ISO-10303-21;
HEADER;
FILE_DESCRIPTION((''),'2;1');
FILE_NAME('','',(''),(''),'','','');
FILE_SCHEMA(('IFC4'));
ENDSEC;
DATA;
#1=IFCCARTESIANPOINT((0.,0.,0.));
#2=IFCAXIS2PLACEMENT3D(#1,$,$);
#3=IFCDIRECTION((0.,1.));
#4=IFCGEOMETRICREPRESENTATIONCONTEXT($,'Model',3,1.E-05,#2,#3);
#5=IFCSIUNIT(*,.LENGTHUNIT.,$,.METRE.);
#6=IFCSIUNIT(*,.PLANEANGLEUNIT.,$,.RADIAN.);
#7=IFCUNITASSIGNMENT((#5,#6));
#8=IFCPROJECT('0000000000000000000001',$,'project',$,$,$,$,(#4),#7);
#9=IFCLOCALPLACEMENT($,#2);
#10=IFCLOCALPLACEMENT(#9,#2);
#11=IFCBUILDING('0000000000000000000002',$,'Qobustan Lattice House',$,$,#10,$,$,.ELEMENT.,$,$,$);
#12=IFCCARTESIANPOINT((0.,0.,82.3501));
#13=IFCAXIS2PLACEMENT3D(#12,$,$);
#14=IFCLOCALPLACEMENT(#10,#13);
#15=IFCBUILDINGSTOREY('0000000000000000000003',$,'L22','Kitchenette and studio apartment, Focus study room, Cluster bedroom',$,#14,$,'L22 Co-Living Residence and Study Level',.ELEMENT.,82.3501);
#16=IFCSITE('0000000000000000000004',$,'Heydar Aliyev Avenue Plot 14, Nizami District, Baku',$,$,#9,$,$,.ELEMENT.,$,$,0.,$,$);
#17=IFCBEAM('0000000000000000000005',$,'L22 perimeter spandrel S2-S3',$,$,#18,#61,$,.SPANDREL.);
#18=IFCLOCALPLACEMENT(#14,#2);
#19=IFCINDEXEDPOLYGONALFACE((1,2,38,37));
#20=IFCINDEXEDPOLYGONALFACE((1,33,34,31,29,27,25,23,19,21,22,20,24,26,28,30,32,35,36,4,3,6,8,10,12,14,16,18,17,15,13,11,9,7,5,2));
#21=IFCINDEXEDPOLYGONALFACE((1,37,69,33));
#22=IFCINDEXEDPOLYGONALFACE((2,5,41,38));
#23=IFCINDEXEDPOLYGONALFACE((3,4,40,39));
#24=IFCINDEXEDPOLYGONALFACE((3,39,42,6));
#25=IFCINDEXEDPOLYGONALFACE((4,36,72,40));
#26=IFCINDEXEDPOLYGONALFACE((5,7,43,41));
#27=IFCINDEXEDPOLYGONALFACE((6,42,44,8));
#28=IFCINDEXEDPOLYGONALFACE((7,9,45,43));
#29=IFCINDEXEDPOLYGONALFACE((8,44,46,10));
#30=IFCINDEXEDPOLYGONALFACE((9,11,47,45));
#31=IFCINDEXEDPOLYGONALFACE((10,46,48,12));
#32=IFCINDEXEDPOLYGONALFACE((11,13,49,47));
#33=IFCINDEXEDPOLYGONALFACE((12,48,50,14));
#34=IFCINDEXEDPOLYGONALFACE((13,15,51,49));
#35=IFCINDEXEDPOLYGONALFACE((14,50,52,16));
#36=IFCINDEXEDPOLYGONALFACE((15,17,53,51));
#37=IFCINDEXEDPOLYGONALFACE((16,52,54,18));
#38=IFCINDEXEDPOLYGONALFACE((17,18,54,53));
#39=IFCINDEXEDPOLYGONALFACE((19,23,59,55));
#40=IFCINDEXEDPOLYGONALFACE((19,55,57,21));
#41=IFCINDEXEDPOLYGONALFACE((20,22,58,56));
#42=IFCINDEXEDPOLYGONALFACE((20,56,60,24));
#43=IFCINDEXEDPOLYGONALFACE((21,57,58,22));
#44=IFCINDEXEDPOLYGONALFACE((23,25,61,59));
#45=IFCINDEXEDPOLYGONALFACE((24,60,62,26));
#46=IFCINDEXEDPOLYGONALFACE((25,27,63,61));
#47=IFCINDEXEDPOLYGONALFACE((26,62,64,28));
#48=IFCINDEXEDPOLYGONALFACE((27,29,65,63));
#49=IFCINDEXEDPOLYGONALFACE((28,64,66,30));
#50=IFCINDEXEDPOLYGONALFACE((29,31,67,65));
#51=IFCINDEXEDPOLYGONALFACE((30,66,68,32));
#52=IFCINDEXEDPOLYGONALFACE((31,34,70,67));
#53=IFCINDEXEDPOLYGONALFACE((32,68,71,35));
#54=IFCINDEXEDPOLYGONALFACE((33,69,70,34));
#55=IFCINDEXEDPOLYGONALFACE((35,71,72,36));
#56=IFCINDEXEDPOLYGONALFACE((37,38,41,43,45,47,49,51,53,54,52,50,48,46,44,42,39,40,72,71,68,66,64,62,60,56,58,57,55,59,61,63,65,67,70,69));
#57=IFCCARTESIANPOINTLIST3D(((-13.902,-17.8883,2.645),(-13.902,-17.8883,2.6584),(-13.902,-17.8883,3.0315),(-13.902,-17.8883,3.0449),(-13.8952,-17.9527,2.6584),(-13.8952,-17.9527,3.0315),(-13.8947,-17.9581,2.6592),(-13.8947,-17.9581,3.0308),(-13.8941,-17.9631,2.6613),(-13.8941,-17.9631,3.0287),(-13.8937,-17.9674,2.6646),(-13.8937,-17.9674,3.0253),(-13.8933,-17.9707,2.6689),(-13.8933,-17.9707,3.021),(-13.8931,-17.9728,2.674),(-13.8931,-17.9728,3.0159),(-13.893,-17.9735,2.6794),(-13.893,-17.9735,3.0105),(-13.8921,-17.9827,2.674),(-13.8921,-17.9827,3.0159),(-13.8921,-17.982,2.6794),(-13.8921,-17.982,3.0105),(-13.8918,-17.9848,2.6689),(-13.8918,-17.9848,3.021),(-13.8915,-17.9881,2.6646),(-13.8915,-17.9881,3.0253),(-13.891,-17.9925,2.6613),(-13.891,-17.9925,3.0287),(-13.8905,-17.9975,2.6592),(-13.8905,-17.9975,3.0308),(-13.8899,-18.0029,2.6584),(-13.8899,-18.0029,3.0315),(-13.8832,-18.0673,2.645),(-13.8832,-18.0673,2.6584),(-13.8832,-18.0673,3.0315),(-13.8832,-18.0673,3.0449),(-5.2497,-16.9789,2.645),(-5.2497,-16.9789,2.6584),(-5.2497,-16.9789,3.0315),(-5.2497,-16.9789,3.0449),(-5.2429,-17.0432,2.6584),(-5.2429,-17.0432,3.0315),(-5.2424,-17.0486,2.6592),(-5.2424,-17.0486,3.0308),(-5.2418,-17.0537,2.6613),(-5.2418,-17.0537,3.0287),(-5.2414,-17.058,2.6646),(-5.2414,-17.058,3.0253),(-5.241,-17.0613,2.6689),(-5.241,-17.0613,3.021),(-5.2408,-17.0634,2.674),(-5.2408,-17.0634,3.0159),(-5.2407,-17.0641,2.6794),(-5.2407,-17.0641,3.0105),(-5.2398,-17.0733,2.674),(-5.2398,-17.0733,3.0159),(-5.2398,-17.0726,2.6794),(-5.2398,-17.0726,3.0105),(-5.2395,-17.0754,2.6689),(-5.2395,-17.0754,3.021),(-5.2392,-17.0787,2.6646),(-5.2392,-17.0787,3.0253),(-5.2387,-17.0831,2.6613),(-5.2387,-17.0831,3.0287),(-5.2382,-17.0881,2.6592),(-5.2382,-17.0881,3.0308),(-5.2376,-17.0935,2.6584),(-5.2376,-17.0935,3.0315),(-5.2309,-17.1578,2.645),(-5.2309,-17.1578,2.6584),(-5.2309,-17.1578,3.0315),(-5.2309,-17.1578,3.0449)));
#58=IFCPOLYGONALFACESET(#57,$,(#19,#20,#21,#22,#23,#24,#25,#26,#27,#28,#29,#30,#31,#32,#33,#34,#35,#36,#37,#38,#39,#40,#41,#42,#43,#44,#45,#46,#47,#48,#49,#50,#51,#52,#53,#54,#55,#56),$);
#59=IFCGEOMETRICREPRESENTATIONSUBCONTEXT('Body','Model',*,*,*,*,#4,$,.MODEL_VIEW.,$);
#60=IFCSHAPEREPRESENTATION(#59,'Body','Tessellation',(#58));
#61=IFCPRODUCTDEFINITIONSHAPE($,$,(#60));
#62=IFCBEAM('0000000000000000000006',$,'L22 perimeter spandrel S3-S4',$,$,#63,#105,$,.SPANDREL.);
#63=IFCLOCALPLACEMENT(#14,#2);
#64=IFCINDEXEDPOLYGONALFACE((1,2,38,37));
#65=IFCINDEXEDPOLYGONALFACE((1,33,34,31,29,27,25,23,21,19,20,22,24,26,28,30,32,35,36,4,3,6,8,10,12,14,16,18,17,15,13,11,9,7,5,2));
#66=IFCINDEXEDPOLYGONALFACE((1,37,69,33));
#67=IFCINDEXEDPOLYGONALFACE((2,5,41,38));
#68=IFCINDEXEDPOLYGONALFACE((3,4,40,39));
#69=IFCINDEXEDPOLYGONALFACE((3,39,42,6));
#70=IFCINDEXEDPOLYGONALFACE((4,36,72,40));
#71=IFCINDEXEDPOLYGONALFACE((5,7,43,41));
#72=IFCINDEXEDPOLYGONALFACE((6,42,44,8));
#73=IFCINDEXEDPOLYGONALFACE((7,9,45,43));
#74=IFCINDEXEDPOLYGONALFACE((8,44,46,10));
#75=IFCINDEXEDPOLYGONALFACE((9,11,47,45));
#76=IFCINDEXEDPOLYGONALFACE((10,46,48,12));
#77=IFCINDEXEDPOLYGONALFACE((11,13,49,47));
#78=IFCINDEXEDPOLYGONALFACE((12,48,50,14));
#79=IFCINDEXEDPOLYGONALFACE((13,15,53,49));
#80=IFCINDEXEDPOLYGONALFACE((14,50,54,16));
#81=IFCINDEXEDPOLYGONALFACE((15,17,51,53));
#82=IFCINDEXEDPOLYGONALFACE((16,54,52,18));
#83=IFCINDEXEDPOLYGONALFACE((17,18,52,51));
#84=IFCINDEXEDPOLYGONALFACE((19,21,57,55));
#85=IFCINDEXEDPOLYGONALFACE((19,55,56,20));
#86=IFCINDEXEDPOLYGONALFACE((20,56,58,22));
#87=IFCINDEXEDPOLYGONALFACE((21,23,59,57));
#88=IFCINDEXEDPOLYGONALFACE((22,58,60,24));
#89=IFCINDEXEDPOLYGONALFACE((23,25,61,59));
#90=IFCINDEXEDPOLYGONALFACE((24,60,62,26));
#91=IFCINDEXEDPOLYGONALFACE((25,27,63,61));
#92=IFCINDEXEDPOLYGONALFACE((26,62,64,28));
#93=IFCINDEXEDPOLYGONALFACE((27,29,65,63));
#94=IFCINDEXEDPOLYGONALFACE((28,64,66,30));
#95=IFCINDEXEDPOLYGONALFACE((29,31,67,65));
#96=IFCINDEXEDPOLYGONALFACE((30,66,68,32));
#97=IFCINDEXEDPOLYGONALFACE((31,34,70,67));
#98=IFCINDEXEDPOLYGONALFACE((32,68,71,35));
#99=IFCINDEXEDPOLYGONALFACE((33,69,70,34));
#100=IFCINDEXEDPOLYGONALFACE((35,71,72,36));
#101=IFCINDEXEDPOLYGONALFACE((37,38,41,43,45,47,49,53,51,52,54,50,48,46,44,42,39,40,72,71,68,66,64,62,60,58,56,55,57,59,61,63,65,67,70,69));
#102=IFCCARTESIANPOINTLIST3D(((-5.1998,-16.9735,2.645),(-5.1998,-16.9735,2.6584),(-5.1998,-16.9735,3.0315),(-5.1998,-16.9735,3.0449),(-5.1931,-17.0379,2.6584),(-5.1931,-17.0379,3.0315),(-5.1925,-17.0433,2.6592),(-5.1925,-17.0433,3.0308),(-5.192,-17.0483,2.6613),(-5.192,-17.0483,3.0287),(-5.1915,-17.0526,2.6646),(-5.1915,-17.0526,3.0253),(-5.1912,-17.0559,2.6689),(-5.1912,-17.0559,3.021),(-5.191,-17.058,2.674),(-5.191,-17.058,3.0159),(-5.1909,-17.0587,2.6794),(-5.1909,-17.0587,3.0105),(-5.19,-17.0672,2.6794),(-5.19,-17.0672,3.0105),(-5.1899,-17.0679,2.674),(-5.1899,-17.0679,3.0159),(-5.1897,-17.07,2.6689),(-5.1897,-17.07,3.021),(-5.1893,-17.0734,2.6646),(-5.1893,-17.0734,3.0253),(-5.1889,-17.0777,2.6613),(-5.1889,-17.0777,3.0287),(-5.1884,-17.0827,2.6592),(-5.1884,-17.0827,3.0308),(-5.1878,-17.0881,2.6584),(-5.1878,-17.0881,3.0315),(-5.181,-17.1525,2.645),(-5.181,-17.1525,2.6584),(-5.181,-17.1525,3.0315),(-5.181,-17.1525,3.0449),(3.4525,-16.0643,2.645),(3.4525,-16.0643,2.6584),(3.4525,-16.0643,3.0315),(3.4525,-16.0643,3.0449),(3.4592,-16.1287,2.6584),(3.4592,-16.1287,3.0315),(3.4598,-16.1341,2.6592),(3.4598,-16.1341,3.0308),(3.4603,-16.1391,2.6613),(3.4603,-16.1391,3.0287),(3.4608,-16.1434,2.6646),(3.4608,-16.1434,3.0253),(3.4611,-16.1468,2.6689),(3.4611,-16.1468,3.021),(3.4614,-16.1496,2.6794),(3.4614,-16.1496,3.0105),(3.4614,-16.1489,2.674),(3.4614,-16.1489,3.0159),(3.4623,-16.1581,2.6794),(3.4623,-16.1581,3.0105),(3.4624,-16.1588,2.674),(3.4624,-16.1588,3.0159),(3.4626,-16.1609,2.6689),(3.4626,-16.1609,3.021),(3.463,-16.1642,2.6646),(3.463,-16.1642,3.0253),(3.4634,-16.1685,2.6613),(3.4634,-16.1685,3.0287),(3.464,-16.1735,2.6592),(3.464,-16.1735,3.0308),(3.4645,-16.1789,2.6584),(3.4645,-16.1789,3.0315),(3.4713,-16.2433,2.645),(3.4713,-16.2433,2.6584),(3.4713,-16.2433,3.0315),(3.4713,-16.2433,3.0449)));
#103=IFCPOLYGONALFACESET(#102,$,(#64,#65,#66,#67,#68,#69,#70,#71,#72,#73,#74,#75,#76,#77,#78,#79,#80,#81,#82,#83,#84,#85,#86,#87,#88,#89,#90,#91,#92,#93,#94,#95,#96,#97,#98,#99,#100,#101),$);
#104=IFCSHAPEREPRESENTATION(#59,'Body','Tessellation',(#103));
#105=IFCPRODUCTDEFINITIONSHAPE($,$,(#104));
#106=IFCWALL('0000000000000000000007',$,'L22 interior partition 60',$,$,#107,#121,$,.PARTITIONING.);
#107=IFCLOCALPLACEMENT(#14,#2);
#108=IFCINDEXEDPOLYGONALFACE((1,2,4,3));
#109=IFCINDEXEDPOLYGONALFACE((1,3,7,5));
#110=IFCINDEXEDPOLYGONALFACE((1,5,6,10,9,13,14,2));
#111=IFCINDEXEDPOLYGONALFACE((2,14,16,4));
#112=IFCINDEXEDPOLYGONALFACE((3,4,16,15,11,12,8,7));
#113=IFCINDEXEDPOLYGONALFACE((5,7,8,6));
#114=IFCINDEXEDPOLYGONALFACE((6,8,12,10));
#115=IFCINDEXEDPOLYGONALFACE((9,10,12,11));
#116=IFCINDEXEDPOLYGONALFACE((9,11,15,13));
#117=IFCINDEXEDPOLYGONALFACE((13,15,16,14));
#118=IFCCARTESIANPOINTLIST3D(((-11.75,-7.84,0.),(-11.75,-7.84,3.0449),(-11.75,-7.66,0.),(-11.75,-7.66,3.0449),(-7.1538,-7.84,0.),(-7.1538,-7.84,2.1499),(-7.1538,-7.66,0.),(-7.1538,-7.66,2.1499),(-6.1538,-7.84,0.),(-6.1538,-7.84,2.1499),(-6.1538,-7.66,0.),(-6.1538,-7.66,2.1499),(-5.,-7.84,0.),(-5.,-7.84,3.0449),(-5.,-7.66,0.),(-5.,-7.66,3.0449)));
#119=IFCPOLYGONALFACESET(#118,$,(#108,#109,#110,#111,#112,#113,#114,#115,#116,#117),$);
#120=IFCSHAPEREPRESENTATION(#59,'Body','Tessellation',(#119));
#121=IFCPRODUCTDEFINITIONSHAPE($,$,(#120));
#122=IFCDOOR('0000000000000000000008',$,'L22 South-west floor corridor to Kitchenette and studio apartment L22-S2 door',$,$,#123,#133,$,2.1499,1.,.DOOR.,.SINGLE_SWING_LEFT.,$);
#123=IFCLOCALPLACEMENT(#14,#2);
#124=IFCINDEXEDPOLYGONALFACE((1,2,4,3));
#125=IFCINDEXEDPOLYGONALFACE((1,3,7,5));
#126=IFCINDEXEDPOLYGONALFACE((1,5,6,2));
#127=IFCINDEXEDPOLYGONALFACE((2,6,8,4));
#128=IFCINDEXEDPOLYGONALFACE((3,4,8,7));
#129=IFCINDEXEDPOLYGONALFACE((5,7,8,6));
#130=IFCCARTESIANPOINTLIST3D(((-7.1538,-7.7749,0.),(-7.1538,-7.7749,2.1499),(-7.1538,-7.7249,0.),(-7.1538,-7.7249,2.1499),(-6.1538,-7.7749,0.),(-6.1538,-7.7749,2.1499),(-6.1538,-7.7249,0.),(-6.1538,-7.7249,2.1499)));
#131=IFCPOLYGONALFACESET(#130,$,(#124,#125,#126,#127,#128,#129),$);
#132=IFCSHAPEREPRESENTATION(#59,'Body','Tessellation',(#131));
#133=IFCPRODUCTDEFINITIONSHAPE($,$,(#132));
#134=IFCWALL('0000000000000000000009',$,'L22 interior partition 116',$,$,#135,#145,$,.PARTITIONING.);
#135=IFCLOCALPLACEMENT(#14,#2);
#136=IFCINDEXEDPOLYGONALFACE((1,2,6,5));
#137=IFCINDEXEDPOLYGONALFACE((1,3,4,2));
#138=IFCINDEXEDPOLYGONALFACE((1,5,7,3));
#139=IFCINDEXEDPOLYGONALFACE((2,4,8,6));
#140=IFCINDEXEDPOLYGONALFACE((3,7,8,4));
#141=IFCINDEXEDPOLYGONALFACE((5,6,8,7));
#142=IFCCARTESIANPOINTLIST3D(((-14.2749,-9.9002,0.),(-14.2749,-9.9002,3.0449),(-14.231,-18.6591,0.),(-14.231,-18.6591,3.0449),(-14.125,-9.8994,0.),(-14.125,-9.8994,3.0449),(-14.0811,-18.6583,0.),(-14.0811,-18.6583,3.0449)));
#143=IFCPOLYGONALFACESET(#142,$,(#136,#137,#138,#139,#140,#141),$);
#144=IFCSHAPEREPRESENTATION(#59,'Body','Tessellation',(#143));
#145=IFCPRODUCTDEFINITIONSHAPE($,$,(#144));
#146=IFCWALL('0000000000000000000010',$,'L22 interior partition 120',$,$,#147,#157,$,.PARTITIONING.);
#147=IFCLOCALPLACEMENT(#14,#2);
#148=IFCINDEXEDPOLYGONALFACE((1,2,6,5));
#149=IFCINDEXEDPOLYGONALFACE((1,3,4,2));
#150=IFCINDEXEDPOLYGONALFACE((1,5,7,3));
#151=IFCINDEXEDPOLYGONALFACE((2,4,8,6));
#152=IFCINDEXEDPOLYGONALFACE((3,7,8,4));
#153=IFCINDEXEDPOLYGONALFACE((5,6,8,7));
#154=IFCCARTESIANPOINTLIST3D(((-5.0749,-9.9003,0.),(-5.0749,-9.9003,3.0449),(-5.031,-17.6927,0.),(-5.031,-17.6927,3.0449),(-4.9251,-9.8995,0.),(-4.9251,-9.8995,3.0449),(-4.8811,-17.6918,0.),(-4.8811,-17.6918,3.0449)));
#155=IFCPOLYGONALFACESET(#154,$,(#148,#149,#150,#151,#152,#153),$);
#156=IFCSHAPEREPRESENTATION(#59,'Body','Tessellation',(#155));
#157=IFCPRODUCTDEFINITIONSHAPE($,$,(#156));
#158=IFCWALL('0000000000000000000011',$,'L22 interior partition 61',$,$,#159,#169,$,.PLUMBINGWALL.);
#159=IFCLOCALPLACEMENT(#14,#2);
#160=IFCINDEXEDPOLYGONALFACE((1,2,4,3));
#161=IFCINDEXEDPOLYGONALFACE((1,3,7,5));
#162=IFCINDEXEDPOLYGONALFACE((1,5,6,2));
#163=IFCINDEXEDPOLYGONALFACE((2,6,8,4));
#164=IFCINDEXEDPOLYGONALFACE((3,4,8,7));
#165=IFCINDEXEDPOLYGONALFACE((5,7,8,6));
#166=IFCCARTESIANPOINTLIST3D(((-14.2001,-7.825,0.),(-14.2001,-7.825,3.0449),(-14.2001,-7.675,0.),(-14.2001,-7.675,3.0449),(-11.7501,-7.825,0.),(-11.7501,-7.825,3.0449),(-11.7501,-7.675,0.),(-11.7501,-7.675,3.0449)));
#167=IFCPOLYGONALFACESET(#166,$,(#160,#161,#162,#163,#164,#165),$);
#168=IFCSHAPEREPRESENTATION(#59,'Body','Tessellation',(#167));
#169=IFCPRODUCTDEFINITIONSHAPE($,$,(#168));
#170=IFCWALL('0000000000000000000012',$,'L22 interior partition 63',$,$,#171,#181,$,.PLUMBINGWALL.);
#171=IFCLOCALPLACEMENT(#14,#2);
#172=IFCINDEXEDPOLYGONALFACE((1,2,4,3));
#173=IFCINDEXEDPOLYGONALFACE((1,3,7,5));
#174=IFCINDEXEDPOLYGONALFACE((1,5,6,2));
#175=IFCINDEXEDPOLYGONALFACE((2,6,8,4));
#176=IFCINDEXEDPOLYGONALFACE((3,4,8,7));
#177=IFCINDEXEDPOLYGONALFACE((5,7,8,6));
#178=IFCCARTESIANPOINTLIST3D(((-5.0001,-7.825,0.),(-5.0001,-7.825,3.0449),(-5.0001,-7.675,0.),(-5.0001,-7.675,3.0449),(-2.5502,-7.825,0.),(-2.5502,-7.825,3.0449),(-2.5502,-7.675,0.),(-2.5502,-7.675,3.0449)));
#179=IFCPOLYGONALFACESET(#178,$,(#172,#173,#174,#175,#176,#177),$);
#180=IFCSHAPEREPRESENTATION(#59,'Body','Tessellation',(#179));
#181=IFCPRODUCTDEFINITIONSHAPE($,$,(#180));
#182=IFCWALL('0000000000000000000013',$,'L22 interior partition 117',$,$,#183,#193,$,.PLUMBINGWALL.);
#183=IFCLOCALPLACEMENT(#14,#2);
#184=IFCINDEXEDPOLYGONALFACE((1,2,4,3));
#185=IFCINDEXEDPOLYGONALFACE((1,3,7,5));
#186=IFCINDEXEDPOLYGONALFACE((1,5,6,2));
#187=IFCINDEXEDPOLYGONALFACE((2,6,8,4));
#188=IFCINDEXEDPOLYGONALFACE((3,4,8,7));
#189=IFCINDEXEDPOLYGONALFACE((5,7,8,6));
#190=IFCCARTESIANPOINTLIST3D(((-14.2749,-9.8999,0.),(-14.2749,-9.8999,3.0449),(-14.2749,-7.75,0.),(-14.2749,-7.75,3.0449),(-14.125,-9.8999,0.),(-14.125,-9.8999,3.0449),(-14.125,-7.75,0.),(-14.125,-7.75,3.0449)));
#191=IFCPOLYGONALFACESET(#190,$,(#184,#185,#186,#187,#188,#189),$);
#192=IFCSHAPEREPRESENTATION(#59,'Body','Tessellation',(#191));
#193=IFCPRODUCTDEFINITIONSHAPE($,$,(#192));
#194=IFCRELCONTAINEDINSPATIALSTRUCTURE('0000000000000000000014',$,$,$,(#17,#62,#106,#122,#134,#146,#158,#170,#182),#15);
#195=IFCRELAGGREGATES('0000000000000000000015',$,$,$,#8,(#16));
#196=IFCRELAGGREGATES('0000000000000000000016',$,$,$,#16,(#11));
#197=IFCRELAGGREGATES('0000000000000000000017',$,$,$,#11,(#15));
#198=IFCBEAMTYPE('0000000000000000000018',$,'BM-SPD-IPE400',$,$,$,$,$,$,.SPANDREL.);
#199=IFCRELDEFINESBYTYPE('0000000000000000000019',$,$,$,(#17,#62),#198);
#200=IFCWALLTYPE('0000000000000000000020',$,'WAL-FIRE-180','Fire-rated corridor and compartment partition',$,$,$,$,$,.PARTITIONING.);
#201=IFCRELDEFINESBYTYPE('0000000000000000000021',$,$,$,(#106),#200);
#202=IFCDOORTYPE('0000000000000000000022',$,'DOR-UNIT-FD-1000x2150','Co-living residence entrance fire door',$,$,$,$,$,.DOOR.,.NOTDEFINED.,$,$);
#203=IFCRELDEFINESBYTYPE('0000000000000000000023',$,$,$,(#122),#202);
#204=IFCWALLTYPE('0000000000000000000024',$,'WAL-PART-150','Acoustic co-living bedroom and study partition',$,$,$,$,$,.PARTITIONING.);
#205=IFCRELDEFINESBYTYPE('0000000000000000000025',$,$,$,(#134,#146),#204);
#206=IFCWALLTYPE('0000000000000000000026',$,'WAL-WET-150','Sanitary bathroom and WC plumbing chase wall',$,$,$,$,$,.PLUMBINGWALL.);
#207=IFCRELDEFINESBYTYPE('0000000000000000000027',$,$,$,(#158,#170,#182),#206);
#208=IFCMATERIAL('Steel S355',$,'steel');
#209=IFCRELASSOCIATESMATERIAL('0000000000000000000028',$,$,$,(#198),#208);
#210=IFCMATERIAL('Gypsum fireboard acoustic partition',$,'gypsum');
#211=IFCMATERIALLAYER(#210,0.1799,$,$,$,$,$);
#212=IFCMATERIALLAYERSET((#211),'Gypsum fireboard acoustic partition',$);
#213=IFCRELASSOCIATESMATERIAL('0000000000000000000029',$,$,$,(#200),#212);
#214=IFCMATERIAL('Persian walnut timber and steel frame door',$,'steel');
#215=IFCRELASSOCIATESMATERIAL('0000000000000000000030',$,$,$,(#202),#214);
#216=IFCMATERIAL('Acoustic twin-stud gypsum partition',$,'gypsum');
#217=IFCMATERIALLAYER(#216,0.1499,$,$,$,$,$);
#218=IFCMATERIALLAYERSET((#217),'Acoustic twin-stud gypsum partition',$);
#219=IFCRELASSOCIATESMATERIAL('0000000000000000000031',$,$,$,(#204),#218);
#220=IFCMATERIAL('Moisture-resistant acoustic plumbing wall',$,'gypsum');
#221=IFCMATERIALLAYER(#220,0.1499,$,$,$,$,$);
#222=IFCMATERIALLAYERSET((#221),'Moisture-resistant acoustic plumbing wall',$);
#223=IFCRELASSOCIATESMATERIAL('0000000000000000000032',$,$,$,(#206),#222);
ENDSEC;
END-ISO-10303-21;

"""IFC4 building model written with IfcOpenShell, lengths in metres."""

from ifc_helpers import new_model, si_unit, direction, frame, frame_2d, origin, origin_2d, place, context, subcontext, project, spatial, rectangle, i_section, extrude, material, layer, layer_set, material_profile, profile_set, type_object, element, fill, save


model = new_model("IFC4")

# Units and contexts
model_context = context("Model", 3, precision=1e-05, world=origin(), true_north=direction((0.0, 1.0)))
body_context = subcontext(model_context, "Body", "Model", "MODEL_VIEW")
ifc_project = project(units=[si_unit("LENGTHUNIT", "METRE"), si_unit("PLANEANGLEUNIT", "RADIAN")], contexts=[model_context])

# Site, building, storey
site_placement = place(None, origin())
site = spatial("IfcSite", under=ifc_project, at=site_placement, Name="Heydar Aliyev Avenue Plot 14, Nizami District, Baku", CompositionType="ELEMENT", RefElevation=0.0)
building_placement = place(site_placement, origin())
building = spatial("IfcBuilding", under=site, at=building_placement, Name="Qobustan Lattice House", CompositionType="ELEMENT")
storey_placement = place(building_placement, frame((0.0, 0.0, 82.3501)))
storey = spatial("IfcBuildingStorey", under=building, at=storey_placement, Name="L22", Description="Kitchenette and studio apartment, Focus study room, Cluster bedroom", LongName="L22 Co-Living Residence and Study Level", CompositionType="ELEMENT", Elevation=82.3501)

# Beams
ifc_material_1 = material(Name="Steel S355", Category="steel")
ifc_material_profile_1 = material_profile(ifc_material_1, i_section(OverallWidth=0.1799, OverallDepth=0.3999, WebThickness=0.0085, FlangeThickness=0.0134, FilletRadius=0.021, at=origin_2d()), Name="IPE400")
ifc_profile_set_1 = profile_set([ifc_material_profile_1], Name="Steel S355")
beam_type_1 = type_object("IfcBeamType", Name="BM-SPD-IPE400", PredefinedType="SPANDREL", material=ifc_profile_set_1)
for number, where, z_axis, x_axis, name in (
    (1, (-13.8926, -17.9778, 2.845), (0.994522, 0.104531, 0.0), (-0.104531, 0.994522, 0.0), "L22 perimeter spandrel S2-S3"),
    (2, (-5.1904, -17.063, 2.845), (0.994525, 0.104504, 0.0), (-0.104504, 0.994525, 0.0), "L22 perimeter spandrel S3-S4"),
):
    element("IfcBeam", number, at=place(storey_placement, frame(where, z_axis=z_axis, x_axis=x_axis)), inside=storey, type_object=beam_type_1, Name=name, PredefinedType="SPANDREL", context=body_context, shape_type="SweptSolid", body=[
        extrude(i_section(OverallWidth=0.1799, OverallDepth=0.3999, WebThickness=0.0085, FlangeThickness=0.0134, FilletRadius=0.021, at=origin_2d()), origin(), (0.0, 0.0, 1.0), 8.7),
    ])

# Wall, opening, door
ifc_material_2 = material(Name="Gypsum fireboard acoustic partition", Category="gypsum")
ifc_layer_1 = layer(ifc_material_2, 0.1799)
ifc_layer_set_1 = layer_set([ifc_layer_1], Name="Gypsum fireboard acoustic partition")
wall_type_1 = type_object("IfcWallType", Name="WAL-FIRE-180", Description="Fire-rated corridor and compartment partition", PredefinedType="PARTITIONING", material=ifc_layer_set_1)
wall_1_placement = place(storey_placement, frame((-5.0, -7.75, 0.0), z_axis=(0.0, 0.0, 1.0), x_axis=(-1.0, 0.0, 0.0)))
wall_1 = element("IfcWall", 3, at=wall_1_placement, inside=storey, type_object=wall_type_1, Name="L22 interior partition 60", PredefinedType="PARTITIONING", context=body_context, shape_type="SweptSolid", body=[
    extrude(rectangle(XDim=6.75, YDim=0.1799, at=frame_2d((3.375, 0.0))), origin(), (0.0, 0.0, 1.0), 3.0449),
])
opening_1_placement = place(wall_1_placement, frame((1.1538, 0.0, 0.0)))
opening_1 = element("IfcOpeningElement", 4, at=opening_1_placement, cuts=wall_1, PredefinedType="OPENING", context=body_context, shape_type="SweptSolid", body=[
    extrude(rectangle(XDim=1.0, YDim=2.1499, at=frame_2d((0.5, 1.075))), frame((0.0, 0.0999, 0.0), z_axis=(0.0, -1.0, 0.0), x_axis=(1.0, 0.0, 0.0)), (0.0, 0.0, 1.0), 0.2),
])
ifc_material_3 = material(Name="Persian walnut timber and steel frame door", Category="steel")
door_type_1 = type_object("IfcDoorType", Name="DOR-UNIT-FD-1000x2150", Description="Co-living residence entrance fire door", OperationType="NOTDEFINED", PredefinedType="DOOR", material=ifc_material_3)
door_1_placement = place(opening_1_placement, origin())
door_1 = element("IfcDoor", 5, at=door_1_placement, inside=storey, type_object=door_type_1, Name="L22 South-west floor corridor to Kitchenette and studio apartment L22-S2 door", OperationType="SINGLE_SWING_LEFT", OverallHeight=2.1499, OverallWidth=1.0, PredefinedType="DOOR", context=body_context, shape_type="SweptSolid", body=[
    extrude(rectangle(XDim=1.0, YDim=2.1499, at=frame_2d((0.5, 1.075))), frame((0.0, 0.0249, 0.0), z_axis=(0.0, -1.0, 0.0), x_axis=(1.0, 0.0, 0.0)), (0.0, 0.0, 1.0), 0.05),
])
fill(opening_1, door_1)
ifc_material_4 = material(Name="Acoustic twin-stud gypsum partition", Category="gypsum")
ifc_layer_2 = layer(ifc_material_4, 0.1499)
ifc_layer_set_2 = layer_set([ifc_layer_2], Name="Acoustic twin-stud gypsum partition")
wall_type_2 = type_object("IfcWallType", Name="WAL-PART-150", Description="Acoustic co-living bedroom and study partition", PredefinedType="PARTITIONING", material=ifc_layer_set_2)

# Walls
wall_2_placement = place(storey_placement, frame((-14.2, -9.8999, 0.0), z_axis=(0.0, 0.0, 1.0), x_axis=(0.005017, -0.999987, 0.0)))
element("IfcWall", 6, at=wall_2_placement, inside=storey, type_object=wall_type_2, Name="L22 interior partition 116", PredefinedType="PARTITIONING", context=body_context, shape_type="SweptSolid", body=[
    extrude(rectangle(XDim=8.759, YDim=0.1499, at=frame_2d((4.3794, 0.0))), origin(), (0.0, 0.0, 1.0), 3.0449),
])
wall_3_placement = place(storey_placement, frame((-5.0, -9.8999, 0.0), z_axis=(0.0, 0.0, 1.0), x_axis=(0.00564, -0.999984, 0.0)))
element("IfcWall", 7, at=wall_3_placement, inside=storey, type_object=wall_type_2, Name="L22 interior partition 120", PredefinedType="PARTITIONING", context=body_context, shape_type="SweptSolid", body=[
    extrude(rectangle(XDim=7.7925, YDim=0.1499, at=frame_2d((3.8962, 0.0))), origin(), (0.0, 0.0, 1.0), 3.0449),
])
ifc_material_5 = material(Name="Moisture-resistant acoustic plumbing wall", Category="gypsum")
ifc_layer_3 = layer(ifc_material_5, 0.1499)
ifc_layer_set_3 = layer_set([ifc_layer_3], Name="Moisture-resistant acoustic plumbing wall")
wall_type_3 = type_object("IfcWallType", Name="WAL-WET-150", Description="Sanitary bathroom and WC plumbing chase wall", PredefinedType="PLUMBINGWALL", material=ifc_layer_set_3)
for number, where, z_axis, x_axis, name in (
    (8, (-11.75, -7.75, 0.0), (0.0, 0.0, 1.0), (-1.0, 0.0, 0.0), "L22 interior partition 61"),
    (9, (-2.55, -7.75, 0.0), (0.0, 0.0, 1.0), (-1.0, 0.0, 0.0), "L22 interior partition 63"),
):
    element("IfcWall", number, at=place(storey_placement, frame(where, z_axis=z_axis, x_axis=x_axis)), inside=storey, type_object=wall_type_3, Name=name, PredefinedType="PLUMBINGWALL", context=body_context, shape_type="SweptSolid", body=[
        extrude(rectangle(XDim=2.45, YDim=0.1499, at=frame_2d((1.2251, 0.0))), origin(), (0.0, 0.0, 1.0), 3.0449),
    ])
wall_4_placement = place(storey_placement, frame((-14.2, -7.75, 0.0), z_axis=(0.0, 0.0, 1.0), x_axis=(0.0, -1.0, 0.0)))
element("IfcWall", 10, at=wall_4_placement, inside=storey, type_object=wall_type_3, Name="L22 interior partition 117", PredefinedType="PLUMBINGWALL", context=body_context, shape_type="SweptSolid", body=[
    extrude(rectangle(XDim=2.1499, YDim=0.1499, at=frame_2d((1.075, 0.0))), origin(), (0.0, 0.0, 1.0), 3.0449),
])

save(model, "model.ifc")
